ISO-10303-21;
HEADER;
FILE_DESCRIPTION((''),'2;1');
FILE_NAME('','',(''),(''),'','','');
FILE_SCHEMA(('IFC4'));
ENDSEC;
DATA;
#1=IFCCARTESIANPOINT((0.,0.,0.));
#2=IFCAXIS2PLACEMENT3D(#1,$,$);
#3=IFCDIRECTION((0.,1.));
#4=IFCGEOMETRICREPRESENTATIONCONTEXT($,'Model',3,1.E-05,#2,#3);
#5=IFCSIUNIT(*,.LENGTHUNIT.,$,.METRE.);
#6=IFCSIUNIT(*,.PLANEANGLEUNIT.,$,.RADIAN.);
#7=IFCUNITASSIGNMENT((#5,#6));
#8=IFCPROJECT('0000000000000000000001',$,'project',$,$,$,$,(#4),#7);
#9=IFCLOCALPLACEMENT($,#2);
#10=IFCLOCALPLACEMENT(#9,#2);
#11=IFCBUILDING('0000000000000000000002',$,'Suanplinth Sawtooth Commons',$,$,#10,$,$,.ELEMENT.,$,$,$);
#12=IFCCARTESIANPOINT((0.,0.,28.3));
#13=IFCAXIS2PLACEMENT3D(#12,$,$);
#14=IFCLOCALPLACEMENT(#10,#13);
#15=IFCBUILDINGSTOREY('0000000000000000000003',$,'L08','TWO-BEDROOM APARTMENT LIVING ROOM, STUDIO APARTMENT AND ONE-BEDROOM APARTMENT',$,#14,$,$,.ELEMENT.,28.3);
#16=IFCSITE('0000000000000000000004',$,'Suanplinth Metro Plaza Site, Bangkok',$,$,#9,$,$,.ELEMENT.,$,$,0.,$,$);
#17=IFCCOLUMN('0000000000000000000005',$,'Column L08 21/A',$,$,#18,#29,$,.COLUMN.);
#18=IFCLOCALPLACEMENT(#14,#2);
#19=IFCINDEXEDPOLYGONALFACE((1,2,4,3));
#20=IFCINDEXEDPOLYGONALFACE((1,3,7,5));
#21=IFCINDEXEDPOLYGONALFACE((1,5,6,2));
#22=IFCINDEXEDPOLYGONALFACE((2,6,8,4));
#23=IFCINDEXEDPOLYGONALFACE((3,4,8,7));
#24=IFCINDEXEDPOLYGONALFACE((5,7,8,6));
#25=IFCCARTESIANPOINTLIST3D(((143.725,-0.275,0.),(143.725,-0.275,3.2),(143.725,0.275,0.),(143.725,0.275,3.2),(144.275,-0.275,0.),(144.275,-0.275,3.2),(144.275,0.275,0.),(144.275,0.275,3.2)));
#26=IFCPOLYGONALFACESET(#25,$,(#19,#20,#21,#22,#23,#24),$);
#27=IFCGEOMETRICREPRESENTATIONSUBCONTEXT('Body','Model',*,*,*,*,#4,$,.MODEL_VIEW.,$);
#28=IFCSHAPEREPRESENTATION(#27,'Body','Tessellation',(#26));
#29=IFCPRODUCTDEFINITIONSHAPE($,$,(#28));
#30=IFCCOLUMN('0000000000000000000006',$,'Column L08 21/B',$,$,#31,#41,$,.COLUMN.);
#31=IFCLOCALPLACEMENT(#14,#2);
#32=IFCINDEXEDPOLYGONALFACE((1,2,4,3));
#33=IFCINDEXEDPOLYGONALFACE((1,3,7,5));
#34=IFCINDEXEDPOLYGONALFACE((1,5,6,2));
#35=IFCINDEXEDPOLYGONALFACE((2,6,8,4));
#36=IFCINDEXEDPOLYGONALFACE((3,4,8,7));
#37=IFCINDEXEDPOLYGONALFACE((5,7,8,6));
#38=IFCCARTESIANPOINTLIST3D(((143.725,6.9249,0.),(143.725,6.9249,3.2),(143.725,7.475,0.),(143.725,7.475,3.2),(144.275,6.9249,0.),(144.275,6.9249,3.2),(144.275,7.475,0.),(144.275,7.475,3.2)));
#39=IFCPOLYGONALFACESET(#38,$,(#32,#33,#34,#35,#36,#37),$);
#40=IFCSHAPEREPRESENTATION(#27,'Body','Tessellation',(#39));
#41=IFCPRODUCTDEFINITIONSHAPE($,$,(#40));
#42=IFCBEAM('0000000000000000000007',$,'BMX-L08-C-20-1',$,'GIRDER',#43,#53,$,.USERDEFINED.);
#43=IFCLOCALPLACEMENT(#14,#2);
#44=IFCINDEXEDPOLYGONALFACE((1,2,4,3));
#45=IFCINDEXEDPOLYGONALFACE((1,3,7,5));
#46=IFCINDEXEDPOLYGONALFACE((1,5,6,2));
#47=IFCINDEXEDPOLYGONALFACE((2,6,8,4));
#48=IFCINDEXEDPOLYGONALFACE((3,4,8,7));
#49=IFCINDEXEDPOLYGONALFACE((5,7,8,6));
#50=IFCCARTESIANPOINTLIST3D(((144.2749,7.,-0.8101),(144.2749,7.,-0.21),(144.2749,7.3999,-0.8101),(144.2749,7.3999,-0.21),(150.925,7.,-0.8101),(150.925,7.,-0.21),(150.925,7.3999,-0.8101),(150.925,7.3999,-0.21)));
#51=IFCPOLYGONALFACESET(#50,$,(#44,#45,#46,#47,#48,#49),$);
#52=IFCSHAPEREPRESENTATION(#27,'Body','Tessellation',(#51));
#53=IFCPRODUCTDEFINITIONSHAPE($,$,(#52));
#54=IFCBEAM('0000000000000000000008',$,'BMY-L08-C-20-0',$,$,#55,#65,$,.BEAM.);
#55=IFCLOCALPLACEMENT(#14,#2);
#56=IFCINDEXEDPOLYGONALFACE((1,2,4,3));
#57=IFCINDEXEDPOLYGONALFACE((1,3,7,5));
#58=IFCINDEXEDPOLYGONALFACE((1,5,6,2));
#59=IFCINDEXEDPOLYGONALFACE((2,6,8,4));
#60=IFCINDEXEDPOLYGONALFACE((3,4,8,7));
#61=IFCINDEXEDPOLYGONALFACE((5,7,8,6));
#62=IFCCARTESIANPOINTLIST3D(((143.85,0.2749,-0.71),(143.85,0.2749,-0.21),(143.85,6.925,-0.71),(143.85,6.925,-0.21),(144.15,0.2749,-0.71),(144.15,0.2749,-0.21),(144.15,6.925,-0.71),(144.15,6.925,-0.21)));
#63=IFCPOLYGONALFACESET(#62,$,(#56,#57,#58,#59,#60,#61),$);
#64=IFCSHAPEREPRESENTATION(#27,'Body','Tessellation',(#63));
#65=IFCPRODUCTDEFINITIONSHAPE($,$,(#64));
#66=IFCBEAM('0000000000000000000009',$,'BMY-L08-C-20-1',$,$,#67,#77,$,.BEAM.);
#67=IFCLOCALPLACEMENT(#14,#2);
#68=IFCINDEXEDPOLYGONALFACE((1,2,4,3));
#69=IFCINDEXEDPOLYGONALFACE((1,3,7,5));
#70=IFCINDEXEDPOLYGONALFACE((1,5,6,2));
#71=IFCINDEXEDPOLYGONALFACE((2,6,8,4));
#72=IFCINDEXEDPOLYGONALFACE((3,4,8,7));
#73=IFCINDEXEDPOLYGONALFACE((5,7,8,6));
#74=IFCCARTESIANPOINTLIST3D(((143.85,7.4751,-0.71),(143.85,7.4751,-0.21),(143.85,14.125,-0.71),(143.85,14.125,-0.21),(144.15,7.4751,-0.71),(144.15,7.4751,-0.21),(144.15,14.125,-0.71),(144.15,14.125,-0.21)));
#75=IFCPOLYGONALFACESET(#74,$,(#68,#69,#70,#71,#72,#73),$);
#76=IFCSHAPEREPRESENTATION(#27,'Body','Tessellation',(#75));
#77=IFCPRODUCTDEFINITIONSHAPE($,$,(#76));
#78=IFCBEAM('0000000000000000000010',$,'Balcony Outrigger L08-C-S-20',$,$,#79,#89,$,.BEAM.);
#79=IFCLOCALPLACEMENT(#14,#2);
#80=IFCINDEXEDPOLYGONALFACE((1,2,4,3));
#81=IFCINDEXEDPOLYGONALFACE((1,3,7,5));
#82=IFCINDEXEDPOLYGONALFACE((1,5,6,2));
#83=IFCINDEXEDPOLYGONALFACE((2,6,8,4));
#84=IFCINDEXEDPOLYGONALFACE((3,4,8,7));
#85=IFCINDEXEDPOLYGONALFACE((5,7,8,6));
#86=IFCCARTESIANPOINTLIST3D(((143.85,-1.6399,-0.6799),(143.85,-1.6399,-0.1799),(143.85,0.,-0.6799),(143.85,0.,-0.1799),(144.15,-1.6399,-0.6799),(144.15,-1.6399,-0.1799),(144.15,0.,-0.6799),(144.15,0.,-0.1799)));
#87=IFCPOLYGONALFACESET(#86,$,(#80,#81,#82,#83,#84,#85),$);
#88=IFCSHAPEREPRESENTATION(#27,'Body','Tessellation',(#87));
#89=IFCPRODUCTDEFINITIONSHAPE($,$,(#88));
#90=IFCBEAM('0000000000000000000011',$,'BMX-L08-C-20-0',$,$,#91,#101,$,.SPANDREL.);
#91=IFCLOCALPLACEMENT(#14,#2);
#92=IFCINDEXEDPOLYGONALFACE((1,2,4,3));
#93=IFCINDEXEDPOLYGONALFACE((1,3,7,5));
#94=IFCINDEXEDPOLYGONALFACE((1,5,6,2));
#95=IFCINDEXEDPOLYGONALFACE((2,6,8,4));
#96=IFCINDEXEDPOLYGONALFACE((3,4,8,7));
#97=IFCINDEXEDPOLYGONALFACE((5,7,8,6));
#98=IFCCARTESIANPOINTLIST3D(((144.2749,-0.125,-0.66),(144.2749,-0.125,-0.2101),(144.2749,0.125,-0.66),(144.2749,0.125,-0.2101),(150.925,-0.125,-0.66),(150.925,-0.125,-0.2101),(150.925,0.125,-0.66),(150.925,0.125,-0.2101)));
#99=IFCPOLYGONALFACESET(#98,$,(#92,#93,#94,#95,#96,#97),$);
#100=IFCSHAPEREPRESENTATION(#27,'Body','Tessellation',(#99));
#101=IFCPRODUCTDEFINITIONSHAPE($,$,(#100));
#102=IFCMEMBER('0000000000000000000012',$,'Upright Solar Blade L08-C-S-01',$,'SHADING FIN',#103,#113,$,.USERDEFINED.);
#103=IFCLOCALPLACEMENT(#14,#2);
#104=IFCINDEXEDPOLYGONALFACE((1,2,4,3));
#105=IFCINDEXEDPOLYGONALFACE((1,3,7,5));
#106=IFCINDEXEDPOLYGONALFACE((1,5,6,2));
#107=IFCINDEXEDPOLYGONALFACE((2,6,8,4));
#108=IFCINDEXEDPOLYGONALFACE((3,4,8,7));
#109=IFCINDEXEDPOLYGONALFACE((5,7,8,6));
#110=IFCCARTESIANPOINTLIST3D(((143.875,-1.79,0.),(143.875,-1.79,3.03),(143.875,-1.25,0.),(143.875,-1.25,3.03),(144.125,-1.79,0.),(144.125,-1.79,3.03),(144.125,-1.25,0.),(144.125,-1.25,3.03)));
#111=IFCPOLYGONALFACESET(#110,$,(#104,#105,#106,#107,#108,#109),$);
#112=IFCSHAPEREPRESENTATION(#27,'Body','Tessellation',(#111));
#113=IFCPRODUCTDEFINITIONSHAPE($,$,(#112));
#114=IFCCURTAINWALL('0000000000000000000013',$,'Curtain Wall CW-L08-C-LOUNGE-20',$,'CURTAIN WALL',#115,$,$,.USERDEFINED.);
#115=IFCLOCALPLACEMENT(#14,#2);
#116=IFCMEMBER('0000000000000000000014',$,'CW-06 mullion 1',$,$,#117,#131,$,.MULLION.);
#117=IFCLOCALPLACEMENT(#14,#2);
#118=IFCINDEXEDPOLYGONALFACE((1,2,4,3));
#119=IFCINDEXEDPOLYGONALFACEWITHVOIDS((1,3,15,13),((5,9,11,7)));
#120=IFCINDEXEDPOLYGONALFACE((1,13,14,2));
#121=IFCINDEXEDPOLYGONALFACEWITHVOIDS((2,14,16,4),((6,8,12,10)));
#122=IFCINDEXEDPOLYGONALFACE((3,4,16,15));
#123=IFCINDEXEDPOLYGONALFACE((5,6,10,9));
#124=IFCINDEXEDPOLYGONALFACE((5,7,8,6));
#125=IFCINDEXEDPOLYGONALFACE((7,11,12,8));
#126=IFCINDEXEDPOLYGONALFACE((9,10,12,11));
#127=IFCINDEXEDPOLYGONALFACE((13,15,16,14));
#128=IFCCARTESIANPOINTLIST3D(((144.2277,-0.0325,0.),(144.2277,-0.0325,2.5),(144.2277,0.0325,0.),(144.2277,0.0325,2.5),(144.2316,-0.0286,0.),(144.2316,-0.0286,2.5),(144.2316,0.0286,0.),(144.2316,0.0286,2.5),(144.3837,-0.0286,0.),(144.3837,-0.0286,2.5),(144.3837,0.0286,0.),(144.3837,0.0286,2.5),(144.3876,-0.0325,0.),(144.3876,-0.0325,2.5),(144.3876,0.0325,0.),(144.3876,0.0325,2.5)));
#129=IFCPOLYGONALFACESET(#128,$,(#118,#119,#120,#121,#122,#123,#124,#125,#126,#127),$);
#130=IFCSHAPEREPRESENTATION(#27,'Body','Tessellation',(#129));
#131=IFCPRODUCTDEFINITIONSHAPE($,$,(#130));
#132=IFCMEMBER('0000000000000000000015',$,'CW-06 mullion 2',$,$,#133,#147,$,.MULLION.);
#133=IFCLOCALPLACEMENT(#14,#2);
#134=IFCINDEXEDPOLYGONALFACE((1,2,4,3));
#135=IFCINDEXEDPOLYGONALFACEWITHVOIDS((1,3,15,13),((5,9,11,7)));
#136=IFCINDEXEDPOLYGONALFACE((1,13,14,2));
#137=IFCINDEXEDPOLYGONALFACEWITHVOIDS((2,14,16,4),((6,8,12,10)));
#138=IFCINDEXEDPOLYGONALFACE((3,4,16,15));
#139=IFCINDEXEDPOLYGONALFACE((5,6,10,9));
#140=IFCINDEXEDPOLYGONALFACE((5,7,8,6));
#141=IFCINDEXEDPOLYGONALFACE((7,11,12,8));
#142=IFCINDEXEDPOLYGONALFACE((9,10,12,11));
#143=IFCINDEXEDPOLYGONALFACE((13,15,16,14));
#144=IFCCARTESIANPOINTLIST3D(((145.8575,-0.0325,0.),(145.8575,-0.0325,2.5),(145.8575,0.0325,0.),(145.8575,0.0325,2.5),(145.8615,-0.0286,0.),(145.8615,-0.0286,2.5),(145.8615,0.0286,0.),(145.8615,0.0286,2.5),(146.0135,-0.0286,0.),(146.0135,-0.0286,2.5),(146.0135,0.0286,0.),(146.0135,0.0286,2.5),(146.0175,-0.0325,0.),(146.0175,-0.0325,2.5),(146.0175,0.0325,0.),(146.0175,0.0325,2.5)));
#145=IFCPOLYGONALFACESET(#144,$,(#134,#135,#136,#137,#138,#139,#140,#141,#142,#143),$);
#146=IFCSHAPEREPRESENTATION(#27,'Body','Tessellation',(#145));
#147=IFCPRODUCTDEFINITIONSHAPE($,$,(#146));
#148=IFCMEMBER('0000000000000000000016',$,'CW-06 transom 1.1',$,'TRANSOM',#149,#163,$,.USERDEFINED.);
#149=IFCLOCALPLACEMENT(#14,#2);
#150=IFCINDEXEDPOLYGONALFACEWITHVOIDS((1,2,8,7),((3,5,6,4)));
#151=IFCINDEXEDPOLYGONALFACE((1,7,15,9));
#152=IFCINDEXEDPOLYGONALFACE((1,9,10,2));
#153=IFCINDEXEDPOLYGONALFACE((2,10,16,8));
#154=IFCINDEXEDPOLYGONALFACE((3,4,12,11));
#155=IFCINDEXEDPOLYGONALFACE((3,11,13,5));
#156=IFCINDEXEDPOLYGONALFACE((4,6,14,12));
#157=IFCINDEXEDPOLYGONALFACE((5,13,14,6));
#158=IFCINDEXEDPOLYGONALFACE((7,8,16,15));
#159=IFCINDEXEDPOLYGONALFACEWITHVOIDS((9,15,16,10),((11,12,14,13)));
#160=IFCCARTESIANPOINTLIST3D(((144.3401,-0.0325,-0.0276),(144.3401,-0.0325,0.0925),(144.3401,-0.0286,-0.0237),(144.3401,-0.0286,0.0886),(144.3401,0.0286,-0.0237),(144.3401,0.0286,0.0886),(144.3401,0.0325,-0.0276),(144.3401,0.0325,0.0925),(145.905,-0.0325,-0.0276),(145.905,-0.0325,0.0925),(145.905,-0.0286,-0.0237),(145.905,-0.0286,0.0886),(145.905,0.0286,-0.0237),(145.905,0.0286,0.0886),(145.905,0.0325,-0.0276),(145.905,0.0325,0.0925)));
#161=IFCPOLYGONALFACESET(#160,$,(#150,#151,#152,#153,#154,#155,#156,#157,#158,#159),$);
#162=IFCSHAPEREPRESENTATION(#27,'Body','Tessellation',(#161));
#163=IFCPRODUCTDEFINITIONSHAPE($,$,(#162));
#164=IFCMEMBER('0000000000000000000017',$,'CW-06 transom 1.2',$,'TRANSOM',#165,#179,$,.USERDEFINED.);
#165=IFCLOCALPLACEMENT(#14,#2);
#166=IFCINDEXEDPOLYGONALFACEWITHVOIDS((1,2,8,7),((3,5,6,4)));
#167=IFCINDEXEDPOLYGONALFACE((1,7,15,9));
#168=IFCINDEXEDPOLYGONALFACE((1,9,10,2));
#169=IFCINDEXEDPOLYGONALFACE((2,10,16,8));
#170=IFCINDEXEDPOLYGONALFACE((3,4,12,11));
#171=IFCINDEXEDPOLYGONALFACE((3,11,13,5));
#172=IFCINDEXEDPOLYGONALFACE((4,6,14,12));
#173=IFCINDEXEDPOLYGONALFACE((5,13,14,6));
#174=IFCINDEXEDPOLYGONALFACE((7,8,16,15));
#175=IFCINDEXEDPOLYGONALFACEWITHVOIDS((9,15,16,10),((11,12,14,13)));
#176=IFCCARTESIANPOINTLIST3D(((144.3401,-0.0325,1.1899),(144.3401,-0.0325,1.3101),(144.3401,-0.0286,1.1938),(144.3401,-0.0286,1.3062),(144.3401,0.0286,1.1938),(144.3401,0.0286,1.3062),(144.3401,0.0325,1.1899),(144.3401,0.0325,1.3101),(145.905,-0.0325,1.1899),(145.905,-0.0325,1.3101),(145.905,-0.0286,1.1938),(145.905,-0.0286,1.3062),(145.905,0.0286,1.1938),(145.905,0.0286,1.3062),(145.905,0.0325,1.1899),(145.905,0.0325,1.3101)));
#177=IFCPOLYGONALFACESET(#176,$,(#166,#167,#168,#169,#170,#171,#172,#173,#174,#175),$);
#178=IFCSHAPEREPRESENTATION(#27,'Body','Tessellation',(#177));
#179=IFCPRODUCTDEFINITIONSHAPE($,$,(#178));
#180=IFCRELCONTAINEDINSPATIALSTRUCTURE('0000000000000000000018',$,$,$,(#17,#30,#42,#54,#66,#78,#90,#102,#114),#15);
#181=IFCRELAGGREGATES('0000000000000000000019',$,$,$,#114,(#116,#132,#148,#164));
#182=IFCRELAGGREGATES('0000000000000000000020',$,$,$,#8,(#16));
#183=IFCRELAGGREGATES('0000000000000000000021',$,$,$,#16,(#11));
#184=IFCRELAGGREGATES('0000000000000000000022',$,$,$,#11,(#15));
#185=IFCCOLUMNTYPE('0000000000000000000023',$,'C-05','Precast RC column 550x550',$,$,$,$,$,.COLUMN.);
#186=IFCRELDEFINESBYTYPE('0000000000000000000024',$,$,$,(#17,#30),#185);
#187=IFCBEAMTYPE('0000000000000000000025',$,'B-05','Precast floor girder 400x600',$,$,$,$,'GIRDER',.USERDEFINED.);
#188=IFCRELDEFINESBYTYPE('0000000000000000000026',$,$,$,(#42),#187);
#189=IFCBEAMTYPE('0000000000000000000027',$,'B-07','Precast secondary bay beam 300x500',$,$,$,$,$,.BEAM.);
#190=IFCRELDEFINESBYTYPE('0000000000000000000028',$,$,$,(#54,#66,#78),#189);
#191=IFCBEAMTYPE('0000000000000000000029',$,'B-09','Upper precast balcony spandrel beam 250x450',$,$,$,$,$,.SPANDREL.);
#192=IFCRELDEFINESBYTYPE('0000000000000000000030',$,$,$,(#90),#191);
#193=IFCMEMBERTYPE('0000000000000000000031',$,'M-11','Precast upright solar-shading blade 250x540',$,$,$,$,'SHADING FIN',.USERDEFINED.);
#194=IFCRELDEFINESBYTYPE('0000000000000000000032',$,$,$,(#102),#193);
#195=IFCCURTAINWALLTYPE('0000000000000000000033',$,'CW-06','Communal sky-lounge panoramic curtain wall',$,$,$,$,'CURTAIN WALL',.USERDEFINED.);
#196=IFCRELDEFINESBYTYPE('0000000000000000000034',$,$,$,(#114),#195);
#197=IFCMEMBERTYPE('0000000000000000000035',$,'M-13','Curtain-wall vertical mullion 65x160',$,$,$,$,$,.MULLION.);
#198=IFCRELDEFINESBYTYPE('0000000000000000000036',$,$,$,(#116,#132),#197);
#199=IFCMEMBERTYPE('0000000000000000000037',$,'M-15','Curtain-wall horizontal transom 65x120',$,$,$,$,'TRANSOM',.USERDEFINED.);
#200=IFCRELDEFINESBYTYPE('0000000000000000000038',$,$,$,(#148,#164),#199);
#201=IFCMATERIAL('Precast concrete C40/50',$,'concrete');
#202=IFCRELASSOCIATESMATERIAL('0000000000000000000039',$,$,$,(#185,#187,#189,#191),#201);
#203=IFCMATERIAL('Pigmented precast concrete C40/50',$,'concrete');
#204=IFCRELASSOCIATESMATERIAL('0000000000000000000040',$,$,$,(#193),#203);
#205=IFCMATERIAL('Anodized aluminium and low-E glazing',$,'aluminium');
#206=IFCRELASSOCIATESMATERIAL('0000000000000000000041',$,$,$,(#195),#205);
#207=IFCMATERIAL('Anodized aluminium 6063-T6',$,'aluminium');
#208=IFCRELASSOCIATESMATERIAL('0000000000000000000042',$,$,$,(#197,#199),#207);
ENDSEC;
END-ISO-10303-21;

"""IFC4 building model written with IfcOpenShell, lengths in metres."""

from ifc_helpers import new_model, si_unit, direction, frame, origin, origin_2d, place, context, subcontext, project, spatial, rectangle, hollow_rectangle, extrude, material, material_profile, profile_set, type_object, element, aggregate, save


model = new_model("IFC4")

# Units and contexts
model_context = context("Model", 3, precision=1e-05, world=origin(), true_north=direction((0.0, 1.0)))
body_context = subcontext(model_context, "Body", "Model", "MODEL_VIEW")
ifc_project = project(units=[si_unit("LENGTHUNIT", "METRE"), si_unit("PLANEANGLEUNIT", "RADIAN")], contexts=[model_context])

# Site, building, storey
site_placement = place(None, origin())
site = spatial("IfcSite", under=ifc_project, at=site_placement, Name="Suanplinth Metro Plaza Site, Bangkok", CompositionType="ELEMENT", RefElevation=0.0)
building_placement = place(site_placement, origin())
building = spatial("IfcBuilding", under=site, at=building_placement, Name="Suanplinth Sawtooth Commons", CompositionType="ELEMENT")
storey_placement = place(building_placement, frame((0.0, 0.0, 28.3)))
storey = spatial("IfcBuildingStorey", under=building, at=storey_placement, Name="L08", Description="TWO-BEDROOM APARTMENT LIVING ROOM, STUDIO APARTMENT AND ONE-BEDROOM APARTMENT", CompositionType="ELEMENT", Elevation=28.3)

# Columns
ifc_material_1 = material(Name="Precast concrete C40/50", Category="concrete")
ifc_material_profile_1 = material_profile(ifc_material_1, rectangle(XDim=0.55, YDim=0.55, at=origin_2d()), Name="PC-COL 550x550")
ifc_profile_set_1 = profile_set([ifc_material_profile_1], Name="Precast concrete C40/50")
column_type = type_object("IfcColumnType", Name="C-05", Description="Precast RC column 550x550", PredefinedType="COLUMN", material=ifc_profile_set_1)
for number, where, z_axis, x_axis, name in (
    (1, (144.0, 0.0, 0.0), (0.0, 0.0, 1.0), (1.0, 0.0, 0.0), "Column L08 21/A"),
    (2, (144.0, 7.2, 0.0), (0.0, 0.0, 1.0), (1.0, 0.0, 0.0), "Column L08 21/B"),
):
    element("IfcColumn", number, at=place(storey_placement, frame(where, z_axis=z_axis, x_axis=x_axis)), inside=storey, type_object=column_type, Name=name, PredefinedType="COLUMN", context=body_context, shape_type="SweptSolid", body=[
        extrude(rectangle(XDim=0.55, YDim=0.55, at=origin_2d()), origin(), (0.0, 0.0, 1.0), 3.2),
    ])

# Beams
ifc_material_profile_2 = material_profile(ifc_material_1, rectangle(XDim=0.3999, YDim=0.6001, at=origin_2d()), Name="PC-GDR 400x600")
ifc_profile_set_2 = profile_set([ifc_material_profile_2], Name="Precast concrete C40/50")
beam_type_1 = type_object("IfcBeamType", Name="B-05", Description="Precast floor girder 400x600", ElementType="GIRDER", PredefinedType="USERDEFINED", material=ifc_profile_set_2)
beam_1_placement = place(storey_placement, frame((144.2749, 7.2, -0.51), z_axis=(1.0, 0.0, 0.0), x_axis=(0.0, 1.0, 0.0)))
element("IfcBeam", 3, at=beam_1_placement, inside=storey, type_object=beam_type_1, Name="BMX-L08-C-20-1", ObjectType="GIRDER", PredefinedType="USERDEFINED", context=body_context, shape_type="SweptSolid", body=[
    extrude(rectangle(XDim=0.3999, YDim=0.6001, at=origin_2d()), origin(), (0.0, 0.0, 1.0), 6.6501),
])
ifc_material_profile_3 = material_profile(ifc_material_1, rectangle(XDim=0.3, YDim=0.5, at=origin_2d()), Name="PC-BM 300x500")
ifc_profile_set_3 = profile_set([ifc_material_profile_3], Name="Precast concrete C40/50")
beam_type_2 = type_object("IfcBeamType", Name="B-07", Description="Precast secondary bay beam 300x500", PredefinedType="BEAM", material=ifc_profile_set_3)
beam_2_placement = place(storey_placement, frame((144.0, 0.2749, -0.46), z_axis=(0.0, 1.0, 0.0), x_axis=(-1.0, 0.0, 0.0)))
element("IfcBeam", 4, at=beam_2_placement, inside=storey, type_object=beam_type_2, Name="BMY-L08-C-20-0", PredefinedType="BEAM", context=body_context, shape_type="SweptSolid", body=[
    extrude(rectangle(XDim=0.3, YDim=0.5, at=origin_2d()), origin(), (0.0, 0.0, 1.0), 6.6501),
])
beam_3_placement = place(storey_placement, frame((144.0, 7.4751, -0.46), z_axis=(0.0, 1.0, 0.0), x_axis=(-1.0, 0.0, 0.0)))
element("IfcBeam", 5, at=beam_3_placement, inside=storey, type_object=beam_type_2, Name="BMY-L08-C-20-1", PredefinedType="BEAM", context=body_context, shape_type="SweptSolid", body=[
    extrude(rectangle(XDim=0.3, YDim=0.5, at=origin_2d()), origin(), (0.0, 0.0, 1.0), 6.6499),
])
beam_4_placement = place(storey_placement, frame((144.0, 0.0, -0.4299), z_axis=(0.0, -1.0, 0.0), x_axis=(1.0, 0.0, 0.0)))
element("IfcBeam", 6, at=beam_4_placement, inside=storey, type_object=beam_type_2, Name="Balcony Outrigger L08-C-S-20", PredefinedType="BEAM", context=body_context, shape_type="SweptSolid", body=[
    extrude(rectangle(XDim=0.3, YDim=0.5, at=origin_2d()), origin(), (0.0, 0.0, 1.0), 1.6399),
])
ifc_material_profile_4 = material_profile(ifc_material_1, rectangle(XDim=0.25, YDim=0.45, at=origin_2d()), Name="PC-SP 250x450")
ifc_profile_set_4 = profile_set([ifc_material_profile_4], Name="Precast concrete C40/50")
beam_type_3 = type_object("IfcBeamType", Name="B-09", Description="Upper precast balcony spandrel beam 250x450", PredefinedType="SPANDREL", material=ifc_profile_set_4)
beam_5_placement = place(storey_placement, frame((144.2749, 0.0, -0.4351), z_axis=(1.0, 0.0, 0.0), x_axis=(0.0, 1.0, 0.0)))
element("IfcBeam", 7, at=beam_5_placement, inside=storey, type_object=beam_type_3, Name="BMX-L08-C-20-0", PredefinedType="SPANDREL", context=body_context, shape_type="SweptSolid", body=[
    extrude(rectangle(XDim=0.25, YDim=0.45, at=origin_2d()), origin(), (0.0, 0.0, 1.0), 6.6501),
])

# Member
ifc_material_2 = material(Name="Pigmented precast concrete C40/50", Category="concrete")
ifc_material_profile_5 = material_profile(ifc_material_2, rectangle(XDim=0.25, YDim=0.54, at=origin_2d()), Name="PC-FIN 250x540")
ifc_profile_set_5 = profile_set([ifc_material_profile_5], Name="Pigmented precast concrete C40/50")
member_type_1 = type_object("IfcMemberType", Name="M-11", Description="Precast upright solar-shading blade 250x540", ElementType="SHADING FIN", PredefinedType="USERDEFINED", material=ifc_profile_set_5)
member_1_placement = place(storey_placement, frame((144.0, -1.52, 0.0), z_axis=(0.0, 0.0, 1.0), x_axis=(1.0, 0.0, 0.0)))
element("IfcMember", 8, at=member_1_placement, inside=storey, type_object=member_type_1, Name="Upright Solar Blade L08-C-S-01", ObjectType="SHADING FIN", PredefinedType="USERDEFINED", context=body_context, shape_type="SweptSolid", body=[
    extrude(rectangle(XDim=0.25, YDim=0.54, at=origin_2d()), origin(), (0.0, 0.0, 1.0), 3.03),
])

# Curtain wall, members
ifc_material_3 = material(Name="Anodized aluminium and low-E glazing", Category="aluminium")
curtain_wall_type = type_object("IfcCurtainWallType", Name="CW-06", Description="Communal sky-lounge panoramic curtain wall", ElementType="CURTAIN WALL", PredefinedType="USERDEFINED", material=ifc_material_3)
curtain_wall_placement = place(storey_placement, origin())
curtain_wall = element("IfcCurtainWall", 9, at=curtain_wall_placement, inside=storey, type_object=curtain_wall_type, Name="Curtain Wall CW-L08-C-LOUNGE-20", ObjectType="CURTAIN WALL", PredefinedType="USERDEFINED")
ifc_material_4 = material(Name="Anodized aluminium 6063-T6", Category="aluminium")
ifc_material_profile_6 = material_profile(ifc_material_4, hollow_rectangle(XDim=0.0649, YDim=0.1599, WallThickness=0.0039, at=origin_2d()), Name="ALU-MUL 65x160")
ifc_profile_set_6 = profile_set([ifc_material_profile_6], Name="Anodized aluminium 6063-T6")
member_type_2 = type_object("IfcMemberType", Name="M-13", Description="Curtain-wall vertical mullion 65x160", PredefinedType="MULLION", material=ifc_profile_set_6)
member_2_placement = place(storey_placement, frame((144.3076, 0.0, 0.0), z_axis=(0.0, 0.0, 1.0), x_axis=(0.0, 1.0, 0.0)))
member_2 = element("IfcMember", 10, at=member_2_placement, type_object=member_type_2, Name="CW-06 mullion 1", PredefinedType="MULLION", context=body_context, shape_type="SweptSolid", body=[
    extrude(hollow_rectangle(XDim=0.0649, YDim=0.1599, WallThickness=0.0039, at=origin_2d()), origin(), (0.0, 0.0, 1.0), 2.5),
])
member_3_placement = place(storey_placement, frame((145.9375, 0.0, 0.0), z_axis=(0.0, 0.0, 1.0), x_axis=(0.0, 1.0, 0.0)))
member_3 = element("IfcMember", 11, at=member_3_placement, type_object=member_type_2, Name="CW-06 mullion 2", PredefinedType="MULLION", context=body_context, shape_type="SweptSolid", body=[
    extrude(hollow_rectangle(XDim=0.0649, YDim=0.1599, WallThickness=0.0039, at=origin_2d()), origin(), (0.0, 0.0, 1.0), 2.5),
])
ifc_material_profile_7 = material_profile(ifc_material_4, hollow_rectangle(XDim=0.0649, YDim=0.1201, WallThickness=0.0039, at=origin_2d()), Name="ALU-TRN 65x120")
ifc_profile_set_7 = profile_set([ifc_material_profile_7], Name="Anodized aluminium 6063-T6")
member_type_3 = type_object("IfcMemberType", Name="M-15", Description="Curtain-wall horizontal transom 65x120", ElementType="TRANSOM", PredefinedType="USERDEFINED", material=ifc_profile_set_7)
member_4_placement = place(storey_placement, frame((144.3401, 0.0, 0.0325), z_axis=(1.0, 0.0, 0.0), x_axis=(0.0, 1.0, 0.0)))
member_4 = element("IfcMember", 12, at=member_4_placement, type_object=member_type_3, Name="CW-06 transom 1.1", ObjectType="TRANSOM", PredefinedType="USERDEFINED", context=body_context, shape_type="SweptSolid", body=[
    extrude(hollow_rectangle(XDim=0.0649, YDim=0.1201, WallThickness=0.0039, at=origin_2d()), origin(), (0.0, 0.0, 1.0), 1.5649),
])
member_5_placement = place(storey_placement, frame((144.3401, 0.0, 1.25), z_axis=(1.0, 0.0, 0.0), x_axis=(0.0, 1.0, 0.0)))
member_5 = element("IfcMember", 13, at=member_5_placement, type_object=member_type_3, Name="CW-06 transom 1.2", ObjectType="TRANSOM", PredefinedType="USERDEFINED", context=body_context, shape_type="SweptSolid", body=[
    extrude(hollow_rectangle(XDim=0.0649, YDim=0.1201, WallThickness=0.0039, at=origin_2d()), origin(), (0.0, 0.0, 1.0), 1.5649),
])
aggregate(curtain_wall, [member_2, member_3, member_4, member_5])

save(model, "model.ifc")
